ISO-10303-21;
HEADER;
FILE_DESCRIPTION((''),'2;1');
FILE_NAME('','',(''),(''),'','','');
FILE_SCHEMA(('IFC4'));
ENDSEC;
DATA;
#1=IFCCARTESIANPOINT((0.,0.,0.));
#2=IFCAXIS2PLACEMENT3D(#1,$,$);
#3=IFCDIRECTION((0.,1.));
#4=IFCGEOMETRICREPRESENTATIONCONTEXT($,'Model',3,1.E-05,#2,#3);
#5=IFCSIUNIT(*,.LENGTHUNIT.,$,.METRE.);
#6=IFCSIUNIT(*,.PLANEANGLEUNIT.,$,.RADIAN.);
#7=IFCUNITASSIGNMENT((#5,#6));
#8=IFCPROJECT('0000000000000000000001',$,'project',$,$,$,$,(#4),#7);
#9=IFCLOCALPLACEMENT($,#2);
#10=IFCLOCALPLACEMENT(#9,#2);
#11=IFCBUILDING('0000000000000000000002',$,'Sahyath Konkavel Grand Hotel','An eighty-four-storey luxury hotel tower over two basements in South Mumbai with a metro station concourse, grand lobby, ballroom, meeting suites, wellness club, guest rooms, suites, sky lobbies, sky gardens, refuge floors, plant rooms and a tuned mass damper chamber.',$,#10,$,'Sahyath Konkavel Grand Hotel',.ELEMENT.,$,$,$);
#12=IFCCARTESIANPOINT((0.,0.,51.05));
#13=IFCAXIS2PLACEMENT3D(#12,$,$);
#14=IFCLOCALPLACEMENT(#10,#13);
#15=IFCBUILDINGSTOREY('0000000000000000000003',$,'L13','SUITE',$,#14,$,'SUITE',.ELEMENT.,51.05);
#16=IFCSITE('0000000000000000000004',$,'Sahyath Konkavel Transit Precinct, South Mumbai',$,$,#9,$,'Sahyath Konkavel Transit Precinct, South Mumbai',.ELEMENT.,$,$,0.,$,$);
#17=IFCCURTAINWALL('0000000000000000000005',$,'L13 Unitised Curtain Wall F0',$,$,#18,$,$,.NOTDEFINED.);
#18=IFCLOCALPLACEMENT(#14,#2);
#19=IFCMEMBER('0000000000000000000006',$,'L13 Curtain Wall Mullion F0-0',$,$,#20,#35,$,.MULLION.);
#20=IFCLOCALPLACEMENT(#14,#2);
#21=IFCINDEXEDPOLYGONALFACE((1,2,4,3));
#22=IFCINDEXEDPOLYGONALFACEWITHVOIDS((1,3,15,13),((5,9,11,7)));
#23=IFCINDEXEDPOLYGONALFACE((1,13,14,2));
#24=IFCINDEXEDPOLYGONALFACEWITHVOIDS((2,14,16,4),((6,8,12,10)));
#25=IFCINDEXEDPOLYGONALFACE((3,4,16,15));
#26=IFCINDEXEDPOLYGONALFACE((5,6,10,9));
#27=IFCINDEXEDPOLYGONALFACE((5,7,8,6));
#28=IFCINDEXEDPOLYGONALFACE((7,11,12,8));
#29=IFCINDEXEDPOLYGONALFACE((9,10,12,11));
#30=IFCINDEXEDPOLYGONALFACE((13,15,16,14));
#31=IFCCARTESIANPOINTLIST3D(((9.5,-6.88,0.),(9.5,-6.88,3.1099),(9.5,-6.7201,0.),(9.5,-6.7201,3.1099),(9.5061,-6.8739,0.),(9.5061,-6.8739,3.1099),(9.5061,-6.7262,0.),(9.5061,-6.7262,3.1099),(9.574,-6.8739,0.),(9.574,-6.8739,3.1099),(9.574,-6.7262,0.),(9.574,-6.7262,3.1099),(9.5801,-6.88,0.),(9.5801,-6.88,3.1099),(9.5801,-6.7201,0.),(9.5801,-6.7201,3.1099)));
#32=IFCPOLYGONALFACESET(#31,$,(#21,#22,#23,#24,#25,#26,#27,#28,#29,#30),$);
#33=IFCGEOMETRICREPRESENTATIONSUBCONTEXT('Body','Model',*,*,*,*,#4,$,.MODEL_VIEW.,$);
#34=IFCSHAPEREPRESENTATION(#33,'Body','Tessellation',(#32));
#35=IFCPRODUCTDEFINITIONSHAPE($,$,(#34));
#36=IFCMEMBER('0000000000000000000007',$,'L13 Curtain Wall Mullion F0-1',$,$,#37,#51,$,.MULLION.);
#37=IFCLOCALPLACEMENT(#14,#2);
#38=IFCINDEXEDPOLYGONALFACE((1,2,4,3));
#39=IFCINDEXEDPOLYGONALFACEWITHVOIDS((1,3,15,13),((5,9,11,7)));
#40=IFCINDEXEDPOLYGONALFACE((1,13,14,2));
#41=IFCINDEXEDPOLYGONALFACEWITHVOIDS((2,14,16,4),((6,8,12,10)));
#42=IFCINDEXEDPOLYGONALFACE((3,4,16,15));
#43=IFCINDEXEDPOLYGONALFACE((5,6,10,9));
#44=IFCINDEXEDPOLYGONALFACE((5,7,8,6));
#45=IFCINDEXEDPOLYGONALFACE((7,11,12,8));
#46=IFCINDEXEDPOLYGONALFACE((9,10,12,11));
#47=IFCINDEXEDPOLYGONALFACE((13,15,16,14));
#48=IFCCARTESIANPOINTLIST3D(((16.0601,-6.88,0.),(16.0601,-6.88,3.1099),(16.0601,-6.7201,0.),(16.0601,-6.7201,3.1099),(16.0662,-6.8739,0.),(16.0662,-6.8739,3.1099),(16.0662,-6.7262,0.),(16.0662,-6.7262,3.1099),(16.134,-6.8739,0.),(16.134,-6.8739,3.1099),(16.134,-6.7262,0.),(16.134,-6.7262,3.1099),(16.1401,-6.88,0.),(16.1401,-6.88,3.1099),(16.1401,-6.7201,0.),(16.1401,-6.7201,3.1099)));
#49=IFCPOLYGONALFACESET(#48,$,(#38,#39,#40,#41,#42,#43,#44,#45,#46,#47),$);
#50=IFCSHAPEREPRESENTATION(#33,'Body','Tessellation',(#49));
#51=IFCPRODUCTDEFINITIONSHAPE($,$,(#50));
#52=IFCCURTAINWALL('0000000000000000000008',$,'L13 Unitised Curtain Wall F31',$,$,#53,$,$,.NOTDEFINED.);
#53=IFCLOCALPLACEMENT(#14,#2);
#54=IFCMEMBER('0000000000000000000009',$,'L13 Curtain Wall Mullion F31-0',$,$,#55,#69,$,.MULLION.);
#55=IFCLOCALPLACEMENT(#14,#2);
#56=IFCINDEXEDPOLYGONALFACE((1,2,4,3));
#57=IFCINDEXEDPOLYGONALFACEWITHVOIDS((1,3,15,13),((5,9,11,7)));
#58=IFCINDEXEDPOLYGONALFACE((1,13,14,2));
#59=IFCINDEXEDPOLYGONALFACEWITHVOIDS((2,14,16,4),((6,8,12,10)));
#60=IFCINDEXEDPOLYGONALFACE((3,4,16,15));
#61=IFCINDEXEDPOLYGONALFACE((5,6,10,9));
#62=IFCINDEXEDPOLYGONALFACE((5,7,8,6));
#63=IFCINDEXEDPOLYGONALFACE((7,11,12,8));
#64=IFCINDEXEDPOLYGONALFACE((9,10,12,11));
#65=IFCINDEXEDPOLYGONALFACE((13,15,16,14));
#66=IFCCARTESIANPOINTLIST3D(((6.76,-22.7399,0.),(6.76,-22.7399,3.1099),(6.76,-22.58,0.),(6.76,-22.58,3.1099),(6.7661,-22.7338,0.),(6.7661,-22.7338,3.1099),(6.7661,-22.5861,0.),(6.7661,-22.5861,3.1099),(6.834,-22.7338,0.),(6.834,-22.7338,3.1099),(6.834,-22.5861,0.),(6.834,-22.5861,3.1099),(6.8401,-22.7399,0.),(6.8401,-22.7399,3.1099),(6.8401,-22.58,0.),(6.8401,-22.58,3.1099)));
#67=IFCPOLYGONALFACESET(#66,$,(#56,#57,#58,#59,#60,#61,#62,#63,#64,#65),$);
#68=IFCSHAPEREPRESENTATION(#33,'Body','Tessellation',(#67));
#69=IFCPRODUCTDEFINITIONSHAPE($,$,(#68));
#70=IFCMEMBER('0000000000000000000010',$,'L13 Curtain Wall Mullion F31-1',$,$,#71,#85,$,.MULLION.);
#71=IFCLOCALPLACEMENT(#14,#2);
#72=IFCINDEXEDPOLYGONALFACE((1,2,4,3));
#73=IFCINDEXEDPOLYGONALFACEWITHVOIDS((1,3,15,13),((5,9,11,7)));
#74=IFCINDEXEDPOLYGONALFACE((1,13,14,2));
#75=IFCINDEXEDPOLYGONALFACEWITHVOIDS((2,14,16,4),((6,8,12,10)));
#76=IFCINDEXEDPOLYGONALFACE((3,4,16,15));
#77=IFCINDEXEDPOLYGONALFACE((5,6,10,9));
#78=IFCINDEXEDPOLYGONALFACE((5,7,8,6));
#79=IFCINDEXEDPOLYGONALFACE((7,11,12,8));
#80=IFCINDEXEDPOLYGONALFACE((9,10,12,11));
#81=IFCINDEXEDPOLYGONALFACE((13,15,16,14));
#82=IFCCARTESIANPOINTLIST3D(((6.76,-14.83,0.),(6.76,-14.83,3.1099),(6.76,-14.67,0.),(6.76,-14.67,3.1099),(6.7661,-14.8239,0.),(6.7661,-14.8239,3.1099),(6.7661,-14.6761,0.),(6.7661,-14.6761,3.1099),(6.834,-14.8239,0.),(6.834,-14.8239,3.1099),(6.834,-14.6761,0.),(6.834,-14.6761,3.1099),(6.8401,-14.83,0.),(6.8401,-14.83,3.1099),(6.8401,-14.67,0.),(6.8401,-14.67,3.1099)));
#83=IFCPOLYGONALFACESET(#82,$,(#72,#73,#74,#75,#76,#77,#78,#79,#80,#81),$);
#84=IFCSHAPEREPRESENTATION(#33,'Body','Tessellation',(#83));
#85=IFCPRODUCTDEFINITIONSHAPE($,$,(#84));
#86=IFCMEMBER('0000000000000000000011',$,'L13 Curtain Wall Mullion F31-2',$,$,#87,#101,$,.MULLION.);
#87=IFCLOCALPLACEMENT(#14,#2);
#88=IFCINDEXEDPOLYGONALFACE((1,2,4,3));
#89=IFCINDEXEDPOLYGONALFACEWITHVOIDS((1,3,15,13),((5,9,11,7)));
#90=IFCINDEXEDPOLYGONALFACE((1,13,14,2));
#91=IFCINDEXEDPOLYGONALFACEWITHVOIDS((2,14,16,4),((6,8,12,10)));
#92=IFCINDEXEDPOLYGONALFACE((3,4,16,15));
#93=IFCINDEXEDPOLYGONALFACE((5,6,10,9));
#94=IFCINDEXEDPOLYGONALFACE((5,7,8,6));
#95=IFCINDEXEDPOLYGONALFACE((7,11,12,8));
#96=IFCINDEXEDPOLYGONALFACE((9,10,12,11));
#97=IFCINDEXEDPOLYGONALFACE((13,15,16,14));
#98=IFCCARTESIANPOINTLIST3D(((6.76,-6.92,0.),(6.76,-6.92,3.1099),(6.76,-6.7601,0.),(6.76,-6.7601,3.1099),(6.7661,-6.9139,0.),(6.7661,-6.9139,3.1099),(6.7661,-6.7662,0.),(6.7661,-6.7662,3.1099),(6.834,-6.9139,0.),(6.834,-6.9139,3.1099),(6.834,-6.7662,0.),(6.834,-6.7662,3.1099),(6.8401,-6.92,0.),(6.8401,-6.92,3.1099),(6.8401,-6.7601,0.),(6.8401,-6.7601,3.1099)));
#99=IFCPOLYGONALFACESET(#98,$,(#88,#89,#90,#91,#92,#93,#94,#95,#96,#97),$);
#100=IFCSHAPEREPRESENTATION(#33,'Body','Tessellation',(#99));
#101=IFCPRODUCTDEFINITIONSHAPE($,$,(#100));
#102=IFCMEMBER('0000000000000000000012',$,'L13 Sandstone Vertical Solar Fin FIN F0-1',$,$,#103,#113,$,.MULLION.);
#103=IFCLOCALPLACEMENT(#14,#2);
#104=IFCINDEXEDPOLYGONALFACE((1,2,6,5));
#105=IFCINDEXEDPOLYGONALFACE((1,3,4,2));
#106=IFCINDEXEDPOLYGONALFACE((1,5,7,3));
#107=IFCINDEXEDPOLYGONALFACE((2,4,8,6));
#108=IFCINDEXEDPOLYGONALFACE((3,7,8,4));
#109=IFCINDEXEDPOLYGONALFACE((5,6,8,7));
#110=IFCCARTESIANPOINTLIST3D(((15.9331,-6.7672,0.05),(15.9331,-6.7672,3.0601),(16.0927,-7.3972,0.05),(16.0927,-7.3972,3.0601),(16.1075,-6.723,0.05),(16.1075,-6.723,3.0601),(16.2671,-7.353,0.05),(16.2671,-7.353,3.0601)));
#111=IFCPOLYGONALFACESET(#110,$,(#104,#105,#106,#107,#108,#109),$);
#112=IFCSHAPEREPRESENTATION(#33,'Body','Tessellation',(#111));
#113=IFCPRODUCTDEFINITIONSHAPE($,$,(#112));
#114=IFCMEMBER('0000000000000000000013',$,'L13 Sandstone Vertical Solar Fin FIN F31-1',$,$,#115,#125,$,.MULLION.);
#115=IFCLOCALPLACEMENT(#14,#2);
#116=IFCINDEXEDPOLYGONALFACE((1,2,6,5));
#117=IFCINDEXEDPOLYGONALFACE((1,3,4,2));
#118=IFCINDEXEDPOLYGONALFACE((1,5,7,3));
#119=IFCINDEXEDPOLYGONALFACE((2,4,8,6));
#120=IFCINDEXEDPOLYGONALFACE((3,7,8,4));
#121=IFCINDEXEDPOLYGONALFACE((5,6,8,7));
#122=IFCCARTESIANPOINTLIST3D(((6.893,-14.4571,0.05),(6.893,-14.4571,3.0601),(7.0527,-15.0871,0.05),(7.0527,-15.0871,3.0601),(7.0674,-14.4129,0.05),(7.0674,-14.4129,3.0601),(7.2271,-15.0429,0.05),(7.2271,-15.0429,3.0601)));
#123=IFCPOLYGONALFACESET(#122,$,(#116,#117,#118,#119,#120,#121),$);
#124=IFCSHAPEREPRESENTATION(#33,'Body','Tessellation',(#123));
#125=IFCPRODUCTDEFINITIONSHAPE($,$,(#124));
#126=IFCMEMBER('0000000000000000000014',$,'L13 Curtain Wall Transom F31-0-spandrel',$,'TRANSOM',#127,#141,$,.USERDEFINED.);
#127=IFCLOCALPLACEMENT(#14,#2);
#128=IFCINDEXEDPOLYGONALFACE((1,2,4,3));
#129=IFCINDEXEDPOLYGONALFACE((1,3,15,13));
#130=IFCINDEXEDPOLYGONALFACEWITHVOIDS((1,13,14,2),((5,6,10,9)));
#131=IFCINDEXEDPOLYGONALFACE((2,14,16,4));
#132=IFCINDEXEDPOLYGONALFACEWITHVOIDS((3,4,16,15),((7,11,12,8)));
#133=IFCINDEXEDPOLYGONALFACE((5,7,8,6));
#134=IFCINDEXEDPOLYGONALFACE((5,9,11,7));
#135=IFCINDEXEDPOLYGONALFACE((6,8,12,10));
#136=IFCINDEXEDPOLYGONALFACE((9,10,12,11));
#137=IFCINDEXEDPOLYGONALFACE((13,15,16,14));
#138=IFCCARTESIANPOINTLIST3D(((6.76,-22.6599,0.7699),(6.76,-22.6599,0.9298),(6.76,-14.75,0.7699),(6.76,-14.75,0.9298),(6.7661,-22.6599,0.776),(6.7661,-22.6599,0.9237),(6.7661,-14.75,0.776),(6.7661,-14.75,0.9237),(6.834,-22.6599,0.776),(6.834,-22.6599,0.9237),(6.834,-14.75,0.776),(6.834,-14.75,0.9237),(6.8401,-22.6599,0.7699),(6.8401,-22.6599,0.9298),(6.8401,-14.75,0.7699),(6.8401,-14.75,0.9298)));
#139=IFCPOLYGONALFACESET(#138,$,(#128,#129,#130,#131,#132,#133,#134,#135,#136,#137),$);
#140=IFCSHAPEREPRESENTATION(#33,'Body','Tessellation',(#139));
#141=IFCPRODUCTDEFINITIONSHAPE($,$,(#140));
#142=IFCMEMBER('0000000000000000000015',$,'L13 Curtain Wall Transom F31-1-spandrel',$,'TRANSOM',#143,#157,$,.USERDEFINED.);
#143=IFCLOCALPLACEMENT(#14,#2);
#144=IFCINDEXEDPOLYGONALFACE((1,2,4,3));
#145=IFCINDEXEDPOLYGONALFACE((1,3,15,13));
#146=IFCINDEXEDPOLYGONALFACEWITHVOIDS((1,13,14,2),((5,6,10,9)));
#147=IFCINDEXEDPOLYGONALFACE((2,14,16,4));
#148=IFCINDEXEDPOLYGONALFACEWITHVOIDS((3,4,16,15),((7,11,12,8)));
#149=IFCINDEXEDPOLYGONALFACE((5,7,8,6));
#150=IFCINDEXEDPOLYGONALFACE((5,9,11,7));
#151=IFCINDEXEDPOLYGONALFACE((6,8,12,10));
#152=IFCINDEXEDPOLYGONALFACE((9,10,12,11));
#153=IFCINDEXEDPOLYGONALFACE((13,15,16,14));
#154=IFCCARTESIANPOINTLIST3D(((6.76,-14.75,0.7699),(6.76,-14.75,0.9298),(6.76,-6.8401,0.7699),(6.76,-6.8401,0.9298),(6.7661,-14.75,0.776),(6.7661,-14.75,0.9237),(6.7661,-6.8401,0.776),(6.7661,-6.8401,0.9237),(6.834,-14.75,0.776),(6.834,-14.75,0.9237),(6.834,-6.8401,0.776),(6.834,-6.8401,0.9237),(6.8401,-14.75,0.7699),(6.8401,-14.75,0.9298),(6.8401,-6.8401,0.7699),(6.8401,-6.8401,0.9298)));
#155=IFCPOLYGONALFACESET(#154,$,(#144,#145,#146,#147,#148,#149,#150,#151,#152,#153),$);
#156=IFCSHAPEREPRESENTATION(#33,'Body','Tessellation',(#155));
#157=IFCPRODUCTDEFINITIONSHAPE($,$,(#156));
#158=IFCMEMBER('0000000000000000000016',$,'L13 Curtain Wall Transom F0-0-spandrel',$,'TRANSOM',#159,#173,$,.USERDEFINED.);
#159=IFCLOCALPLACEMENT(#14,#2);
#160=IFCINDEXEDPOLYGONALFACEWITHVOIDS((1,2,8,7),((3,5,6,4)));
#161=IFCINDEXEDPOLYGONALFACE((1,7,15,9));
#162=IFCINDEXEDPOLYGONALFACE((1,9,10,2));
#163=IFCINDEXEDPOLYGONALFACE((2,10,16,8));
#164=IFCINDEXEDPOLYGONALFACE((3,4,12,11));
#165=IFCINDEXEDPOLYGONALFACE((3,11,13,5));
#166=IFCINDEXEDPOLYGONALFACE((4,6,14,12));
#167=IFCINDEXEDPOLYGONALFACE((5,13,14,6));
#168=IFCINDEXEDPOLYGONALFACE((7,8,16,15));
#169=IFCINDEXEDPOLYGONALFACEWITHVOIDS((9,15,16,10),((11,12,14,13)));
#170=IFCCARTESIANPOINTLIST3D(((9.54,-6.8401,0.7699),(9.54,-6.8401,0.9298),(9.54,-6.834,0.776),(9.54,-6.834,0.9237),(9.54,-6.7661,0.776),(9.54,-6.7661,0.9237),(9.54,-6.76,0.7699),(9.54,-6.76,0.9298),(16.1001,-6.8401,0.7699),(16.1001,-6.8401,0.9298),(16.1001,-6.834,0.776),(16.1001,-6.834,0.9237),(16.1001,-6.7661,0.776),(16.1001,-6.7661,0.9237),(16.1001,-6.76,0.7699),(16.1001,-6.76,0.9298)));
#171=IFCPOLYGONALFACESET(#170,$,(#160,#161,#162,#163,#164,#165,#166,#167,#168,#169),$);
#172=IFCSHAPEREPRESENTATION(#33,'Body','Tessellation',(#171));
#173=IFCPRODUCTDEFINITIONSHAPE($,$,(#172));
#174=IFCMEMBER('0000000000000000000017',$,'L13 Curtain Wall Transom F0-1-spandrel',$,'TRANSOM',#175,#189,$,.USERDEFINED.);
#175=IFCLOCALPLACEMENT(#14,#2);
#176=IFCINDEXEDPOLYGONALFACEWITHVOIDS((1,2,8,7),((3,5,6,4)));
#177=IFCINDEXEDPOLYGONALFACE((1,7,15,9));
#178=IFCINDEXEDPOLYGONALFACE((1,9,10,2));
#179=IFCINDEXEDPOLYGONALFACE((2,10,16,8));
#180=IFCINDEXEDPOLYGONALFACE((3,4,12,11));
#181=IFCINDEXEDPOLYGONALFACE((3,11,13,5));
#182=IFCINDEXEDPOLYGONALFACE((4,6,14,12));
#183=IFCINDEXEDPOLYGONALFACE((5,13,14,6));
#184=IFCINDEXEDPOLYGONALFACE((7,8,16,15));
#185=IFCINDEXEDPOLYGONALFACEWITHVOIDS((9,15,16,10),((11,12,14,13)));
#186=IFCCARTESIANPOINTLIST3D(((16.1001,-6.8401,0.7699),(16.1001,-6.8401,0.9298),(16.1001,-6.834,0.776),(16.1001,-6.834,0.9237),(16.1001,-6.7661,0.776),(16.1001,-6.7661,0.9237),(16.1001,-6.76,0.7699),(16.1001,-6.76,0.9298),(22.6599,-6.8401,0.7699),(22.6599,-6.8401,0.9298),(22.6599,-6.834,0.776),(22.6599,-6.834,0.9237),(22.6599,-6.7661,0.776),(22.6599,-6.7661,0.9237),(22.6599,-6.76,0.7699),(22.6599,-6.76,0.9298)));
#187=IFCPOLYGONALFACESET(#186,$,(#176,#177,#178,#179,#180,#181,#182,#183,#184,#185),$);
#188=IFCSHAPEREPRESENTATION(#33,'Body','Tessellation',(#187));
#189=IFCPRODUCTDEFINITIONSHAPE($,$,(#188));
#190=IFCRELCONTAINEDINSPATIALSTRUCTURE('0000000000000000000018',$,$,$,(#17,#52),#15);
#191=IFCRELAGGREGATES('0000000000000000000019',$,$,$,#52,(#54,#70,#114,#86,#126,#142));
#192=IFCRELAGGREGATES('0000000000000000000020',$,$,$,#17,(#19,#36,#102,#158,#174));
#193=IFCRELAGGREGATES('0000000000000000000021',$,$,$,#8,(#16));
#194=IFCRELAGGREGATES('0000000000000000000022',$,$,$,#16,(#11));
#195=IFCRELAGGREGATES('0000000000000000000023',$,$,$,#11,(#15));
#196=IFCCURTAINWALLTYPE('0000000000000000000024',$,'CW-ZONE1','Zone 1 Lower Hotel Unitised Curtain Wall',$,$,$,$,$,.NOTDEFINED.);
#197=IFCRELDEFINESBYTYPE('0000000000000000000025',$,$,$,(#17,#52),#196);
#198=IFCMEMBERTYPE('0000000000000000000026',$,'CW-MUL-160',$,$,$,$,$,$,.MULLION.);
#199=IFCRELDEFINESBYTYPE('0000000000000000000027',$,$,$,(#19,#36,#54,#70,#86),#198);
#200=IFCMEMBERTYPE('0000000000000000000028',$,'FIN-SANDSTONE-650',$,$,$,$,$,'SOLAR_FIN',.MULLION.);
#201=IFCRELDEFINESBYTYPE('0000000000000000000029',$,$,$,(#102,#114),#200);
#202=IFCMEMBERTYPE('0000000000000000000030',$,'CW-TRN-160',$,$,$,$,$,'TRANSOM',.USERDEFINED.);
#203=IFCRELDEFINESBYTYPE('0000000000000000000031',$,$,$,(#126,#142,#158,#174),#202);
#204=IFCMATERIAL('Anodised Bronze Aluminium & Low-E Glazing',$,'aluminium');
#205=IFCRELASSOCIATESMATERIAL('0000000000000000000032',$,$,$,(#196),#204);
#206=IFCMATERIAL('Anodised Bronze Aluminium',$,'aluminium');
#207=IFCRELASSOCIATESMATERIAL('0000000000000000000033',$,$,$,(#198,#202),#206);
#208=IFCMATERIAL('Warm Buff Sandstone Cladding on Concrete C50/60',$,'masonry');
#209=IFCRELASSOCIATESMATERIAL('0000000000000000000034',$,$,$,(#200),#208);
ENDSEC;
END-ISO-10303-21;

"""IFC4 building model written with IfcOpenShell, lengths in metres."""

from ifc_helpers import new_model, si_unit, direction, frame, origin, origin_2d, place, context, subcontext, project, spatial, rectangle, hollow_rectangle, extrude, source, transform, mapped, material, material_profile, profile_set, type_object, element, aggregate, save


model = new_model("IFC4")

# Units and contexts
model_context = context("Model", 3, precision=1e-05, world=origin(), true_north=direction((0.0, 1.0)))
body_context = subcontext(model_context, "Body", "Model", "MODEL_VIEW")
ifc_project = project(units=[si_unit("LENGTHUNIT", "METRE"), si_unit("PLANEANGLEUNIT", "RADIAN")], contexts=[model_context])

# Site, building, storey
site_placement = place(None, origin())
site = spatial("IfcSite", under=ifc_project, at=site_placement, Name="Sahyath Konkavel Transit Precinct, South Mumbai", LongName="Sahyath Konkavel Transit Precinct, South Mumbai", CompositionType="ELEMENT", RefElevation=0.0)
building_placement = place(site_placement, origin())
building = spatial("IfcBuilding", under=site, at=building_placement, Name="Sahyath Konkavel Grand Hotel", Description="An eighty-four-storey luxury hotel tower over two basements in South Mumbai with a metro station concourse, grand lobby, ballroom, meeting suites, wellness club, guest rooms, suites, sky lobbies, sky gardens, refuge floors, plant rooms and a tuned mass damper chamber.", LongName="Sahyath Konkavel Grand Hotel", CompositionType="ELEMENT")
storey_placement = place(building_placement, frame((0.0, 0.0, 51.05)))
storey = spatial("IfcBuildingStorey", under=building, at=storey_placement, Name="L13", Description="SUITE", LongName="SUITE", CompositionType="ELEMENT", Elevation=51.05)

# Curtain walls, members
ifc_material_1 = material(Name="Anodised Bronze Aluminium & Low-E Glazing", Category="aluminium")
curtain_wall_type = type_object("IfcCurtainWallType", Name="CW-ZONE1", Description="Zone 1 Lower Hotel Unitised Curtain Wall", PredefinedType="NOTDEFINED", material=ifc_material_1)
curtain_wall_1_placement = place(storey_placement, origin())
curtain_wall_1 = element("IfcCurtainWall", 1, at=curtain_wall_1_placement, inside=storey, type_object=curtain_wall_type, Name="L13 Unitised Curtain Wall F0", PredefinedType="NOTDEFINED")
ifc_material_2 = material(Name="Anodised Bronze Aluminium", Category="aluminium")
ifc_material_profile_1 = material_profile(ifc_material_2, hollow_rectangle(XDim=0.0801, YDim=0.1599, WallThickness=0.0061, at=origin_2d()), Name="RHS 160x80x6")
ifc_profile_set_1 = profile_set([ifc_material_profile_1], Name="Anodised Bronze Aluminium")
member_type_1 = type_object("IfcMemberType", Name="CW-MUL-160", PredefinedType="MULLION", material=ifc_profile_set_1)
shared_shape_1 = source(origin(), body_context, "Body", "SweptSolid", [
    extrude(hollow_rectangle(XDim=0.0801, YDim=0.1599, WallThickness=0.0061, at=origin_2d()), origin(), (0.0, 0.0, 1.0), 3.1099),
])
member_1_placement = place(storey_placement, frame((9.54, -6.8, 0.0), z_axis=(0.0, 0.0, 1.0), x_axis=(1.0, 0.0, 0.0)))
member_1 = element("IfcMember", 2, at=member_1_placement, type_object=member_type_1, Name="L13 Curtain Wall Mullion F0-0", PredefinedType="MULLION", context=body_context, shape_type="MappedRepresentation", body=[
    mapped(shared_shape_1, transform((0.0, 0.0, 0.0), scale=1.0)),
])
member_2_placement = place(storey_placement, frame((16.1001, -6.8, 0.0), z_axis=(0.0, 0.0, 1.0), x_axis=(1.0, 0.0, 0.0)))
member_2 = element("IfcMember", 3, at=member_2_placement, type_object=member_type_1, Name="L13 Curtain Wall Mullion F0-1", PredefinedType="MULLION", context=body_context, shape_type="MappedRepresentation", body=[
    mapped(shared_shape_1, transform((0.0, 0.0, 0.0), scale=1.0)),
])
curtain_wall_2_placement = place(storey_placement, origin())
curtain_wall_2 = element("IfcCurtainWall", 4, at=curtain_wall_2_placement, inside=storey, type_object=curtain_wall_type, Name="L13 Unitised Curtain Wall F31", PredefinedType="NOTDEFINED")
member_3_placement = place(storey_placement, frame((6.8, -22.6599, 0.0), z_axis=(0.0, 0.0, 1.0), x_axis=(1.0, 0.0, 0.0)))
member_3 = element("IfcMember", 5, at=member_3_placement, type_object=member_type_1, Name="L13 Curtain Wall Mullion F31-0", PredefinedType="MULLION", context=body_context, shape_type="MappedRepresentation", body=[
    mapped(shared_shape_1, transform((0.0, 0.0, 0.0), scale=1.0)),
])
member_4_placement = place(storey_placement, frame((6.8, -14.75, 0.0), z_axis=(0.0, 0.0, 1.0), x_axis=(1.0, 0.0, 0.0)))
member_4 = element("IfcMember", 6, at=member_4_placement, type_object=member_type_1, Name="L13 Curtain Wall Mullion F31-1", PredefinedType="MULLION", context=body_context, shape_type="MappedRepresentation", body=[
    mapped(shared_shape_1, transform((0.0, 0.0, 0.0), scale=1.0)),
])
member_5_placement = place(storey_placement, frame((6.8, -6.8401, 0.0), z_axis=(0.0, 0.0, 1.0), x_axis=(1.0, 0.0, 0.0)))
member_5 = element("IfcMember", 7, at=member_5_placement, type_object=member_type_1, Name="L13 Curtain Wall Mullion F31-2", PredefinedType="MULLION", context=body_context, shape_type="MappedRepresentation", body=[
    mapped(shared_shape_1, transform((0.0, 0.0, 0.0), scale=1.0)),
])

# Members
ifc_material_3 = material(Name="Warm Buff Sandstone Cladding on Concrete C50/60", Category="masonry")
ifc_material_profile_2 = material_profile(ifc_material_3, rectangle(XDim=0.1799, YDim=0.6499, at=origin_2d()), Name="FIN 180x650")
ifc_profile_set_2 = profile_set([ifc_material_profile_2], Name="Warm Buff Sandstone Cladding on Concrete C50/60")
member_type_2 = type_object("IfcMemberType", Name="FIN-SANDSTONE-650", ElementType="SOLAR_FIN", PredefinedType="MULLION", material=ifc_profile_set_2)
shared_shape_2 = source(origin(), body_context, "Body", "SweptSolid", [
    extrude(rectangle(XDim=0.1799, YDim=0.6499, at=origin_2d()), origin(), (0.0, 0.0, 1.0), 3.01),
])
member_6_placement = place(storey_placement, frame((16.1001, -7.0601, 0.05), z_axis=(0.0, 0.0, 1.0), x_axis=(0.96936, 0.245646, 0.0)))
member_6 = element("IfcMember", 8, at=member_6_placement, type_object=member_type_2, Name="L13 Sandstone Vertical Solar Fin FIN F0-1", PredefinedType="MULLION", context=body_context, shape_type="MappedRepresentation", body=[
    mapped(shared_shape_2, transform((0.0, 0.0, 0.0), scale=1.0)),
])
member_7_placement = place(storey_placement, frame((7.0601, -14.75, 0.05), z_axis=(0.0, 0.0, 1.0), x_axis=(0.96936, 0.245646, 0.0)))
member_7 = element("IfcMember", 9, at=member_7_placement, type_object=member_type_2, Name="L13 Sandstone Vertical Solar Fin FIN F31-1", PredefinedType="MULLION", context=body_context, shape_type="MappedRepresentation", body=[
    mapped(shared_shape_2, transform((0.0, 0.0, 0.0), scale=1.0)),
])
ifc_material_profile_3 = material_profile(ifc_material_2, hollow_rectangle(XDim=0.0801, YDim=0.1599, WallThickness=0.0061, at=origin_2d()), Name="RHS 160x80x6")
ifc_profile_set_3 = profile_set([ifc_material_profile_3], Name="Anodised Bronze Aluminium")
member_type_3 = type_object("IfcMemberType", Name="CW-TRN-160", ElementType="TRANSOM", PredefinedType="USERDEFINED", material=ifc_profile_set_3)
shared_shape_3 = source(origin(), body_context, "Body", "SweptSolid", [
    extrude(hollow_rectangle(XDim=0.0801, YDim=0.1599, WallThickness=0.0061, at=origin_2d()), origin(), (0.0, 0.0, 1.0), 7.9099),
])
member_8_placement = place(storey_placement, frame((6.8, -22.6599, 0.8499), z_axis=(0.0, 1.0, 0.0), x_axis=(-1.0, 0.0, 0.0)))
member_8 = element("IfcMember", 10, at=member_8_placement, type_object=member_type_3, Name="L13 Curtain Wall Transom F31-0-spandrel", ObjectType="TRANSOM", PredefinedType="USERDEFINED", context=body_context, shape_type="MappedRepresentation", body=[
    mapped(shared_shape_3, transform((0.0, 0.0, 0.0), scale=1.0)),
])
member_9_placement = place(storey_placement, frame((6.8, -14.75, 0.8499), z_axis=(0.0, 1.0, 0.0), x_axis=(-1.0, 0.0, 0.0)))
member_9 = element("IfcMember", 11, at=member_9_placement, type_object=member_type_3, Name="L13 Curtain Wall Transom F31-1-spandrel", ObjectType="TRANSOM", PredefinedType="USERDEFINED", context=body_context, shape_type="MappedRepresentation", body=[
    mapped(shared_shape_3, transform((0.0, 0.0, 0.0), scale=1.0)),
])
shared_shape_4 = source(origin(), body_context, "Body", "SweptSolid", [
    extrude(hollow_rectangle(XDim=0.0801, YDim=0.1599, WallThickness=0.0061, at=origin_2d()), origin(), (0.0, 0.0, 1.0), 6.5601),
])
member_10_placement = place(storey_placement, frame((9.54, -6.8, 0.8499), z_axis=(1.0, 0.0, 0.0), x_axis=(0.0, 1.0, 0.0)))
member_10 = element("IfcMember", 12, at=member_10_placement, type_object=member_type_3, Name="L13 Curtain Wall Transom F0-0-spandrel", ObjectType="TRANSOM", PredefinedType="USERDEFINED", context=body_context, shape_type="MappedRepresentation", body=[
    mapped(shared_shape_4, transform((0.0, 0.0, 0.0), scale=1.0)),
])
shared_shape_5 = source(origin(), body_context, "Body", "SweptSolid", [
    extrude(hollow_rectangle(XDim=0.0801, YDim=0.1599, WallThickness=0.0061, at=origin_2d()), origin(), (0.0, 0.0, 1.0), 6.5598),
])
member_11_placement = place(storey_placement, frame((16.1001, -6.8, 0.8499), z_axis=(1.0, 0.0, 0.0), x_axis=(0.0, 1.0, 0.0)))
member_11 = element("IfcMember", 13, at=member_11_placement, type_object=member_type_3, Name="L13 Curtain Wall Transom F0-1-spandrel", ObjectType="TRANSOM", PredefinedType="USERDEFINED", context=body_context, shape_type="MappedRepresentation", body=[
    mapped(shared_shape_5, transform((0.0, 0.0, 0.0), scale=1.0)),
])

aggregate(curtain_wall_2, [member_3, member_4, member_7, member_5, member_8, member_9])
aggregate(curtain_wall_1, [member_1, member_2, member_6, member_10, member_11])

save(model, "model.ifc")
